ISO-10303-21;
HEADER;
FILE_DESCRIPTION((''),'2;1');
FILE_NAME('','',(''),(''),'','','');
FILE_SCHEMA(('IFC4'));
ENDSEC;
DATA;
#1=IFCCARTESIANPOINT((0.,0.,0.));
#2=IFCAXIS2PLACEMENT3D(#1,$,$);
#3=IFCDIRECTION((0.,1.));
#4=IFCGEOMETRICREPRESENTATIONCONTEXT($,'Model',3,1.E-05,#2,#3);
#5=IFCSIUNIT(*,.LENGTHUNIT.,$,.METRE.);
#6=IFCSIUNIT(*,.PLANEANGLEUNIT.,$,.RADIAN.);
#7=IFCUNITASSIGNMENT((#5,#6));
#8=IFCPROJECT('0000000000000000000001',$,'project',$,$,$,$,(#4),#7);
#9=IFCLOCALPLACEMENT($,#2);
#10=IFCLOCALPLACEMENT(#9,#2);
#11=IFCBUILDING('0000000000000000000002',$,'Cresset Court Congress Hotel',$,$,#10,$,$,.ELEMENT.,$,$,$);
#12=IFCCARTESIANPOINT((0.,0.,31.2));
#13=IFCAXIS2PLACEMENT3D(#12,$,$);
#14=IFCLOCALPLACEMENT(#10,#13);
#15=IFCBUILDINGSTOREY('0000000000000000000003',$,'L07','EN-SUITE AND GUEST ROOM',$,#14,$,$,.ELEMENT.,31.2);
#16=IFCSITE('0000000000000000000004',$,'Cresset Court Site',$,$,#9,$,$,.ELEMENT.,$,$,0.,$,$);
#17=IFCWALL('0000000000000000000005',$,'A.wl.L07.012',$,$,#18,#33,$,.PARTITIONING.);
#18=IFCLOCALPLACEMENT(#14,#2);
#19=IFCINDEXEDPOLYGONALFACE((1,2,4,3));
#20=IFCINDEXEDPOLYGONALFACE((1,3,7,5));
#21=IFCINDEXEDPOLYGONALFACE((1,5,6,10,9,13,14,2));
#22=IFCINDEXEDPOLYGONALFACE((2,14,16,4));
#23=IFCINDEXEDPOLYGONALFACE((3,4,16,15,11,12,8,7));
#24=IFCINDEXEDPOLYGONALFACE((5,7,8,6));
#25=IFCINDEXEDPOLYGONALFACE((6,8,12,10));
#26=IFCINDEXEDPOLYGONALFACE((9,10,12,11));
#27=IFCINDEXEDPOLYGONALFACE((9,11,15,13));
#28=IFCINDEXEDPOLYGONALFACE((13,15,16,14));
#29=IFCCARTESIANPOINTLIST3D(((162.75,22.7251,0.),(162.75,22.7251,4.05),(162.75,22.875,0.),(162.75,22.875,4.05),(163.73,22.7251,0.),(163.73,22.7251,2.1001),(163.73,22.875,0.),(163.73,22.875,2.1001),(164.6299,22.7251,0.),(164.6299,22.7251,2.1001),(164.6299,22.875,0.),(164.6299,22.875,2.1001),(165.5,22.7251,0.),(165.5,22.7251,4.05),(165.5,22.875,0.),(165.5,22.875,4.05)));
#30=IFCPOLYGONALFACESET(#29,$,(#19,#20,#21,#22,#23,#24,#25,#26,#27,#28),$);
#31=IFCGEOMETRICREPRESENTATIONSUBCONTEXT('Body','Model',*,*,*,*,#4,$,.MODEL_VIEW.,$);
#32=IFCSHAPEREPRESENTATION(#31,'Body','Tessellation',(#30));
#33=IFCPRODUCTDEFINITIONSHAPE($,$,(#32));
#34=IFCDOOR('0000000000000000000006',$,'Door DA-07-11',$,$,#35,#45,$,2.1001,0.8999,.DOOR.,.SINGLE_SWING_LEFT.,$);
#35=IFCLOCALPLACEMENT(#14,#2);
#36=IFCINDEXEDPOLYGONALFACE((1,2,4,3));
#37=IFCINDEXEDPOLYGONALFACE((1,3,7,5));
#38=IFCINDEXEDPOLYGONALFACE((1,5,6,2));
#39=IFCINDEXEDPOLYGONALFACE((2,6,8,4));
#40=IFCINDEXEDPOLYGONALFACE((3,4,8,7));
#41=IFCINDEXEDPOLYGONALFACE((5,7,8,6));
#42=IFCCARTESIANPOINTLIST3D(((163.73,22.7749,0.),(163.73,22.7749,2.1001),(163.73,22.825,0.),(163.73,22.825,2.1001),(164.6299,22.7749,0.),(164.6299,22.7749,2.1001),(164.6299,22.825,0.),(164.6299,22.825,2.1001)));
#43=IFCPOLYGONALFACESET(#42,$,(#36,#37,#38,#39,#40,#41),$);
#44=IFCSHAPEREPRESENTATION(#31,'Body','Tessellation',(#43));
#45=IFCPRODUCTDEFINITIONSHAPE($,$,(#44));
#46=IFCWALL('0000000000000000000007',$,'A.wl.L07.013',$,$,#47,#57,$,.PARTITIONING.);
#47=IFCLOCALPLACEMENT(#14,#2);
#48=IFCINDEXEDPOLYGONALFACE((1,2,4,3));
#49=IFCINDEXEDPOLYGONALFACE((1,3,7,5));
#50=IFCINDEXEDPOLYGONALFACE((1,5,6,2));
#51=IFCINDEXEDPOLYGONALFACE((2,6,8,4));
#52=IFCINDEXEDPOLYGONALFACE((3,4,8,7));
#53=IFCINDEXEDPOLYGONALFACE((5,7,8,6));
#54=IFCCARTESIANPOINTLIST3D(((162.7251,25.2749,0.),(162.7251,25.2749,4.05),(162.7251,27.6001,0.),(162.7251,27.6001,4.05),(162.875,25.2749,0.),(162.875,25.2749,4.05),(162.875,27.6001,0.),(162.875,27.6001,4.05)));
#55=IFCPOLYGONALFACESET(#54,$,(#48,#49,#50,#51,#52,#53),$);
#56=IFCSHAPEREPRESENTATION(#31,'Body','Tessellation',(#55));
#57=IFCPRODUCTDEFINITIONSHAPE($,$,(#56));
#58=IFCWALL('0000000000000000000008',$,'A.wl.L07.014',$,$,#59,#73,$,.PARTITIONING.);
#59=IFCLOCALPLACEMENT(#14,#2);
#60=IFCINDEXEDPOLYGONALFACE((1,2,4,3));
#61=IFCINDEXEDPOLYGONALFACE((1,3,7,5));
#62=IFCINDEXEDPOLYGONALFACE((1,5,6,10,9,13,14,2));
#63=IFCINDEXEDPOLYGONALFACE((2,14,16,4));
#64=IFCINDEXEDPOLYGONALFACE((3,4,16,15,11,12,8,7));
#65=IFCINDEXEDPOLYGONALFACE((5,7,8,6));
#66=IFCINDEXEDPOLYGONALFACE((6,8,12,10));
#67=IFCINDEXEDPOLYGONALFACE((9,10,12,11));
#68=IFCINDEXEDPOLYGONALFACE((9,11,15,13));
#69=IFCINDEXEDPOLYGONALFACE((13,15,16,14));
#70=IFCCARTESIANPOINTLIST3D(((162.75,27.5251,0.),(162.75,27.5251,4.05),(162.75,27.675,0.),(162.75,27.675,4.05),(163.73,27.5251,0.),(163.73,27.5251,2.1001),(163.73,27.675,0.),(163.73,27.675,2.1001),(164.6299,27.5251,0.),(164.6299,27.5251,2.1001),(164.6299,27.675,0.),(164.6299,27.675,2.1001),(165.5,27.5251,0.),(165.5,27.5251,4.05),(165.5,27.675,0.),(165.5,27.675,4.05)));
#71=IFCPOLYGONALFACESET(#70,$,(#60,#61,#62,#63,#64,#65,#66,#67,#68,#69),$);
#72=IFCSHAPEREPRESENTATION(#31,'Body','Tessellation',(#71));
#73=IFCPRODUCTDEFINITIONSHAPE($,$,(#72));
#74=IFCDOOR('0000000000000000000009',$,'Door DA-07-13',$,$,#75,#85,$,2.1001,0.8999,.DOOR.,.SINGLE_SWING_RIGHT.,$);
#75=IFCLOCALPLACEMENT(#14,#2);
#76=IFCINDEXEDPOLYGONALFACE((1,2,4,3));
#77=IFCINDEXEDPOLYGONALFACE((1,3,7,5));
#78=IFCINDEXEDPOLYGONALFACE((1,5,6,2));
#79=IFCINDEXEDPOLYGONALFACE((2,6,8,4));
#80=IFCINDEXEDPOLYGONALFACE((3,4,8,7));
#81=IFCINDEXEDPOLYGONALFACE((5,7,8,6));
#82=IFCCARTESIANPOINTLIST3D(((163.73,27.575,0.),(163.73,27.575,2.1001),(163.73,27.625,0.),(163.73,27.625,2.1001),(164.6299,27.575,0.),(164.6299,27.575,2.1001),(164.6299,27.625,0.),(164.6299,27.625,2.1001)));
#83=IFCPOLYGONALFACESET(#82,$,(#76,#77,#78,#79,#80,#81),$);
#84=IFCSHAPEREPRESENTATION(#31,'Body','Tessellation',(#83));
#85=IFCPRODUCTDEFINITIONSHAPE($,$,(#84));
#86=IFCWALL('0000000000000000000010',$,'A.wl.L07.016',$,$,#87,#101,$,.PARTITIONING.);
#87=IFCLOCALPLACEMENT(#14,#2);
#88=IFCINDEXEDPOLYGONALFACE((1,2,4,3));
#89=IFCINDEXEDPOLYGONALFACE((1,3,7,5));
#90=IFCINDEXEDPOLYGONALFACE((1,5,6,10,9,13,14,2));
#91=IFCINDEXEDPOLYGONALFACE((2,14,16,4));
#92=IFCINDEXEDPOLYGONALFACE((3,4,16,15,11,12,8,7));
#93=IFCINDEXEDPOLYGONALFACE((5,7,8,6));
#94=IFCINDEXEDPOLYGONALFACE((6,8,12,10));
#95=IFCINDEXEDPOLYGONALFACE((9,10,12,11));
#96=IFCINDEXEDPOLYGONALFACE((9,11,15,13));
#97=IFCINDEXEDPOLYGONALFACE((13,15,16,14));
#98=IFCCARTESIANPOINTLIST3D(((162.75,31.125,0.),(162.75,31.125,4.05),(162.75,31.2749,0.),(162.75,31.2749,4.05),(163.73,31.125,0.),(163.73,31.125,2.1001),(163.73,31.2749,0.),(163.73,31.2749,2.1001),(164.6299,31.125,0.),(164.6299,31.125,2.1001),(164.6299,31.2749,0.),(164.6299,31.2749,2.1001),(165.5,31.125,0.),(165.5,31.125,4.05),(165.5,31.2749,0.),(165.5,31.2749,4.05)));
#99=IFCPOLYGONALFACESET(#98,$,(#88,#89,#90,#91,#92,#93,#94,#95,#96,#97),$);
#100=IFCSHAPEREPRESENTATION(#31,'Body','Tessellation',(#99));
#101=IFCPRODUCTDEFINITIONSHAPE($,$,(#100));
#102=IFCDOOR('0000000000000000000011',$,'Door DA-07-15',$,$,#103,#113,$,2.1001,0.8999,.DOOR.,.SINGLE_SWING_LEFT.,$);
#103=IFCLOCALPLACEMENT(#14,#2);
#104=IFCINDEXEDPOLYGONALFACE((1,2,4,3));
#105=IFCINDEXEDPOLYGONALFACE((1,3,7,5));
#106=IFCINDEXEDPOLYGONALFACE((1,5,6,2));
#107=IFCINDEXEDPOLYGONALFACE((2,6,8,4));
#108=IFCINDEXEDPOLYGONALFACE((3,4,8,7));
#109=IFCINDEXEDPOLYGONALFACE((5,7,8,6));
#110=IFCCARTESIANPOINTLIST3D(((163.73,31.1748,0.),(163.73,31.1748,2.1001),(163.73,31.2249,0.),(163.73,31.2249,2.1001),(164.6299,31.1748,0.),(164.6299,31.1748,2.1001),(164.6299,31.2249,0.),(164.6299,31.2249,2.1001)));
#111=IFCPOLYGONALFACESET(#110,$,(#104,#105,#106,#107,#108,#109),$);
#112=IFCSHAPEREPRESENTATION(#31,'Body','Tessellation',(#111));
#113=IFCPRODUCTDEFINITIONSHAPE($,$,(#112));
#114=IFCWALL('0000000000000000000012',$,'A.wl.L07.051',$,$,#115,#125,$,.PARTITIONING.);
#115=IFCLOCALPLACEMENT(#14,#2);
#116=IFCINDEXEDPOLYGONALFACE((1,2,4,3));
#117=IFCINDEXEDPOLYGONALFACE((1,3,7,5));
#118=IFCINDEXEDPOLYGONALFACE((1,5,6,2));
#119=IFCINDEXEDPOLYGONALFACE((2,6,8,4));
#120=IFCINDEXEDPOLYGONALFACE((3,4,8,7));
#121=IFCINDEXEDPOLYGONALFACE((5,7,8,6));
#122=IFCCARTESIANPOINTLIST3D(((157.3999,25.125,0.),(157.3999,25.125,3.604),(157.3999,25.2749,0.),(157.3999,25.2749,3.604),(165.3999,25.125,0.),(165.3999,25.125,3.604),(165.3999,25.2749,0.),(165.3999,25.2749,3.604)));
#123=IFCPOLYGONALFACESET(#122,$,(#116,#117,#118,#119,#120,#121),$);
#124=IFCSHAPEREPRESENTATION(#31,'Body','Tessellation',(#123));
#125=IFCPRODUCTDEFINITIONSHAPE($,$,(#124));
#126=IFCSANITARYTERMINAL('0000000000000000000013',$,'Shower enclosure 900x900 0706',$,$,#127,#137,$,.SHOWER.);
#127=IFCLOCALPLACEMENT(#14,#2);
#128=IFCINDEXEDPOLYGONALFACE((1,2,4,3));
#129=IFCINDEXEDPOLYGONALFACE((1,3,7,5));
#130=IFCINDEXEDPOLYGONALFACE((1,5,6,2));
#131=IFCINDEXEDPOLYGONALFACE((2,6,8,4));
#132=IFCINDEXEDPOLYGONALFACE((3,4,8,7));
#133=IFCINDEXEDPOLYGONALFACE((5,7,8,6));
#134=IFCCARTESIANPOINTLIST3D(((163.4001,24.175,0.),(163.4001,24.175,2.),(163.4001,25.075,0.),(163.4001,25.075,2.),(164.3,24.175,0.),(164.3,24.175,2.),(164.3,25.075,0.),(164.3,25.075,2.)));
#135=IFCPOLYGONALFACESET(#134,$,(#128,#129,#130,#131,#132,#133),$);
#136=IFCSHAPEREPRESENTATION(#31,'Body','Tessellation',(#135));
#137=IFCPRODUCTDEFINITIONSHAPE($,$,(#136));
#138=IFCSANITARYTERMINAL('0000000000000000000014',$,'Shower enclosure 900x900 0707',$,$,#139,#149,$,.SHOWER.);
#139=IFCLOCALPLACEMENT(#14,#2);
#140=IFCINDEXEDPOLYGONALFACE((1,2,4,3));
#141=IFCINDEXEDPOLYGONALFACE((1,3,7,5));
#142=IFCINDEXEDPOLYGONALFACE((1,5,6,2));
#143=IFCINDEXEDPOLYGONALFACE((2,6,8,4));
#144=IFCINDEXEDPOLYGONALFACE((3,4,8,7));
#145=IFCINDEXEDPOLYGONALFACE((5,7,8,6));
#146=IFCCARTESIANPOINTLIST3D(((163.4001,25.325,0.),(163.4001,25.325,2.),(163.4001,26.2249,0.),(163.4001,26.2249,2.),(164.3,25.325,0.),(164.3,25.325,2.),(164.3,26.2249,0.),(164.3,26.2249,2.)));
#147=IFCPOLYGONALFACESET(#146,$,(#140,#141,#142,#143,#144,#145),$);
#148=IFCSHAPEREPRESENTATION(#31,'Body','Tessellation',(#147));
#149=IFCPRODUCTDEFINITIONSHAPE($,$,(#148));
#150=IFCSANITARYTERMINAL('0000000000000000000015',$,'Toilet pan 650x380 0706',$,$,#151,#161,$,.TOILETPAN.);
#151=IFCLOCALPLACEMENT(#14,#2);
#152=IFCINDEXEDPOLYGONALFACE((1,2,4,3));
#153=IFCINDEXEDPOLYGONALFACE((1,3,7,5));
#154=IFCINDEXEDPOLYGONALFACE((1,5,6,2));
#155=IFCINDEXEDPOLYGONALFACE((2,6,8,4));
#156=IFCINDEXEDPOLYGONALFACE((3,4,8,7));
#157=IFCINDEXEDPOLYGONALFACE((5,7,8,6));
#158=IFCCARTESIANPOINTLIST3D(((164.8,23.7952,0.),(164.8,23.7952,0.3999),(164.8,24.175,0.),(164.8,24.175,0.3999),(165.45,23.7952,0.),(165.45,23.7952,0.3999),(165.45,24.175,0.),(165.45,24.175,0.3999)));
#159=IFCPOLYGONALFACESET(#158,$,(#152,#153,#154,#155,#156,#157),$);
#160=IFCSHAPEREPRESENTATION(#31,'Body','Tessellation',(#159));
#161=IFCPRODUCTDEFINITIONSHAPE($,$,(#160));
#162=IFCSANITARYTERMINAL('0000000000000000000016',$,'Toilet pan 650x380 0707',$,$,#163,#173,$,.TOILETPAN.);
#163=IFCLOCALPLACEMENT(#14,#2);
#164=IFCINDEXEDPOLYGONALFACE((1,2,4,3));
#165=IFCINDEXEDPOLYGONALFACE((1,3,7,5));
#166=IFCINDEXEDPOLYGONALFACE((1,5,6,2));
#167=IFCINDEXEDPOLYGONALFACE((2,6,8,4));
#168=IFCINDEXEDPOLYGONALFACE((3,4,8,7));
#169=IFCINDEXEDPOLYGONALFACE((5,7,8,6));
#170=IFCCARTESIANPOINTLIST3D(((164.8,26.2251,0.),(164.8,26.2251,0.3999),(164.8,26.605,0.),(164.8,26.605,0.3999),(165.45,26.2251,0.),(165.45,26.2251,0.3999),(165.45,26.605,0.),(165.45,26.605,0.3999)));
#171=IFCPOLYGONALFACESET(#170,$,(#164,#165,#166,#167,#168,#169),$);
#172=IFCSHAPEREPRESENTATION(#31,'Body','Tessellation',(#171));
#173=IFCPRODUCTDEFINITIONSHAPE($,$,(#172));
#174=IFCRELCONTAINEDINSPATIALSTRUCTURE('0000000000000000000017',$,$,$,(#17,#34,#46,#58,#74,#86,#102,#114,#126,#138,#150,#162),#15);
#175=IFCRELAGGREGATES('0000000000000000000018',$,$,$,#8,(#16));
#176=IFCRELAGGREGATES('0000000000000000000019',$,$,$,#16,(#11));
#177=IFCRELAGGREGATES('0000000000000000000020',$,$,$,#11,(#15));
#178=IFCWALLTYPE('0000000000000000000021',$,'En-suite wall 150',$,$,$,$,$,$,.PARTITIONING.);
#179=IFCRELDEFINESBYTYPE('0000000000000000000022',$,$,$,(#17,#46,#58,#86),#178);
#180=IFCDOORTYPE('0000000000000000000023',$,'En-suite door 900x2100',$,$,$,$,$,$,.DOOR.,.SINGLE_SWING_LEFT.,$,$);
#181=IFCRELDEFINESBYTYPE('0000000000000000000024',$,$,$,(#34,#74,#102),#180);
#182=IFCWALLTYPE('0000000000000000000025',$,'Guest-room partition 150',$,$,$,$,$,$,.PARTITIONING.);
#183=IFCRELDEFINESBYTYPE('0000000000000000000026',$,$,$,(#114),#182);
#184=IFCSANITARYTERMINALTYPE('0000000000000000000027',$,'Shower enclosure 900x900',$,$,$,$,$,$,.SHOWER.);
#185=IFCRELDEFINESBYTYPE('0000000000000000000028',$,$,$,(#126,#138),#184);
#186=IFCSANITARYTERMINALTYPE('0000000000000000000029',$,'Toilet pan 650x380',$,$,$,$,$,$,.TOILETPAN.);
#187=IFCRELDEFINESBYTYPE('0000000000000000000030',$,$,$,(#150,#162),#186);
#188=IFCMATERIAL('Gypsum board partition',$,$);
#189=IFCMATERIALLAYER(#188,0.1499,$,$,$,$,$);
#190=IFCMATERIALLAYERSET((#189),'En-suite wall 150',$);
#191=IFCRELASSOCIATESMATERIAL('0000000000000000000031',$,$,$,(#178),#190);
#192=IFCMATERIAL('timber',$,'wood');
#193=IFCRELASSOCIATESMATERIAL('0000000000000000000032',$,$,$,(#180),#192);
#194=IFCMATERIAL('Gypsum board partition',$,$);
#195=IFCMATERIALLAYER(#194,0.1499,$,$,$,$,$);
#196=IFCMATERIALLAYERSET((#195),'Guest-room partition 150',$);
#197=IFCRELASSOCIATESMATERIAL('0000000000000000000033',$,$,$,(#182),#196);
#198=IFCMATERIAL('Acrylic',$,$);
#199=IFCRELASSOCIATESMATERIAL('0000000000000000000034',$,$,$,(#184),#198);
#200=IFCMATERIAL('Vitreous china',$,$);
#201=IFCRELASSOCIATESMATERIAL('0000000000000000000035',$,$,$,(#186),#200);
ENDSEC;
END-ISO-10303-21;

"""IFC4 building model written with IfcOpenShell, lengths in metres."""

from ifc_helpers import new_model, si_unit, direction, frame, frame_2d, origin, origin_2d, place, context, subcontext, project, spatial, rectangle, extrude, material, layer, layer_set, type_object, element, fill, save


model = new_model("IFC4")

# Units and contexts
model_context = context("Model", 3, precision=1e-05, world=origin(), true_north=direction((0.0, 1.0)))
body_context = subcontext(model_context, "Body", "Model", "MODEL_VIEW")
ifc_project = project(units=[si_unit("LENGTHUNIT", "METRE"), si_unit("PLANEANGLEUNIT", "RADIAN")], contexts=[model_context])

# Site, building, storey
site_placement = place(None, origin())
site = spatial("IfcSite", under=ifc_project, at=site_placement, Name="Cresset Court Site", CompositionType="ELEMENT", RefElevation=0.0)
building_placement = place(site_placement, origin())
building = spatial("IfcBuilding", under=site, at=building_placement, Name="Cresset Court Congress Hotel", CompositionType="ELEMENT")
storey_placement = place(building_placement, frame((0.0, 0.0, 31.2)))
storey = spatial("IfcBuildingStorey", under=building, at=storey_placement, Name="L07", Description="EN-SUITE AND GUEST ROOM", CompositionType="ELEMENT", Elevation=31.2)

# Shared definitions
ifc_material_1 = material(Name="Gypsum board partition")
ifc_layer_1 = layer(ifc_material_1, 0.1499)
ifc_layer_set_1 = layer_set([ifc_layer_1], Name="En-suite wall 150")
wall_type_1 = type_object("IfcWallType", Name="En-suite wall 150", PredefinedType="PARTITIONING", material=ifc_layer_set_1)
ifc_material_2 = material(Name="timber", Category="wood")
door_type = type_object("IfcDoorType", Name="En-suite door 900x2100", OperationType="SINGLE_SWING_LEFT", PredefinedType="DOOR", material=ifc_material_2)

# Wall, opening, door
wall_1_placement = place(storey_placement, frame((162.75, 22.8, 0.0), z_axis=(0.0, 0.0, 1.0), x_axis=(1.0, 0.0, 0.0)))
wall_1 = element("IfcWall", 1, at=wall_1_placement, inside=storey, type_object=wall_type_1, Name="A.wl.L07.012", PredefinedType="PARTITIONING", context=body_context, shape_type="SweptSolid", body=[
    extrude(rectangle(XDim=2.75, YDim=0.1499, at=frame_2d((1.375, 0.0))), origin(), (0.0, 0.0, 1.0), 4.05),
])
opening_1_placement = place(wall_1_placement, frame((0.98, 0.0, 0.0)))
opening_1 = element("IfcOpeningElement", 2, at=opening_1_placement, cuts=wall_1, PredefinedType="OPENING", context=body_context, shape_type="SweptSolid", body=[
    extrude(rectangle(XDim=0.8999, YDim=2.1001, at=frame_2d((0.45, 1.05))), frame((0.0, 0.085, 0.0), z_axis=(0.0, -1.0, 0.0), x_axis=(1.0, 0.0, 0.0)), (0.0, 0.0, 1.0), 0.1699),
])
door_1_placement = place(opening_1_placement, origin())
door_1 = element("IfcDoor", 3, at=door_1_placement, inside=storey, type_object=door_type, Name="Door DA-07-11", OperationType="SINGLE_SWING_LEFT", OverallHeight=2.1001, OverallWidth=0.8999, PredefinedType="DOOR", context=body_context, shape_type="SweptSolid", body=[
    extrude(rectangle(XDim=0.8999, YDim=2.1001, at=frame_2d((0.45, 1.05))), frame((0.0, 0.0249, 0.0), z_axis=(0.0, -1.0, 0.0), x_axis=(1.0, 0.0, 0.0)), (0.0, 0.0, 1.0), 0.05),
])
fill(opening_1, door_1)

# Wall
wall_2_placement = place(storey_placement, frame((162.8, 25.2749, 0.0), z_axis=(0.0, 0.0, 1.0), x_axis=(0.0, 1.0, 0.0)))
element("IfcWall", 4, at=wall_2_placement, inside=storey, type_object=wall_type_1, Name="A.wl.L07.013", PredefinedType="PARTITIONING", context=body_context, shape_type="SweptSolid", body=[
    extrude(rectangle(XDim=2.3252, YDim=0.1499, at=frame_2d((1.1626, 0.0))), origin(), (0.0, 0.0, 1.0), 4.05),
])

# Walls, openings, doors
wall_3_placement = place(storey_placement, frame((162.75, 27.6001, 0.0), z_axis=(0.0, 0.0, 1.0), x_axis=(1.0, 0.0, 0.0)))
wall_3 = element("IfcWall", 5, at=wall_3_placement, inside=storey, type_object=wall_type_1, Name="A.wl.L07.014", PredefinedType="PARTITIONING", context=body_context, shape_type="SweptSolid", body=[
    extrude(rectangle(XDim=2.75, YDim=0.1499, at=frame_2d((1.375, 0.0))), origin(), (0.0, 0.0, 1.0), 4.05),
])
opening_2_placement = place(wall_3_placement, frame((0.98, 0.0, 0.0)))
opening_2 = element("IfcOpeningElement", 6, at=opening_2_placement, cuts=wall_3, PredefinedType="OPENING", context=body_context, shape_type="SweptSolid", body=[
    extrude(rectangle(XDim=0.8999, YDim=2.1001, at=frame_2d((0.45, 1.05))), frame((0.0, 0.085, 0.0), z_axis=(0.0, -1.0, 0.0), x_axis=(1.0, 0.0, 0.0)), (0.0, 0.0, 1.0), 0.1699),
])
door_2_placement = place(opening_2_placement, origin())
door_2 = element("IfcDoor", 7, at=door_2_placement, inside=storey, type_object=door_type, Name="Door DA-07-13", OperationType="SINGLE_SWING_RIGHT", OverallHeight=2.1001, OverallWidth=0.8999, PredefinedType="DOOR", context=body_context, shape_type="SweptSolid", body=[
    extrude(rectangle(XDim=0.8999, YDim=2.1001, at=frame_2d((0.45, 1.05))), frame((0.0, 0.0249, 0.0), z_axis=(0.0, -1.0, 0.0), x_axis=(1.0, 0.0, 0.0)), (0.0, 0.0, 1.0), 0.05),
])
fill(opening_2, door_2)
wall_4_placement = place(storey_placement, frame((162.75, 31.2, 0.0), z_axis=(0.0, 0.0, 1.0), x_axis=(1.0, 0.0, 0.0)))
wall_4 = element("IfcWall", 8, at=wall_4_placement, inside=storey, type_object=wall_type_1, Name="A.wl.L07.016", PredefinedType="PARTITIONING", context=body_context, shape_type="SweptSolid", body=[
    extrude(rectangle(XDim=2.75, YDim=0.1499, at=frame_2d((1.375, 0.0))), origin(), (0.0, 0.0, 1.0), 4.05),
])
opening_3_placement = place(wall_4_placement, frame((0.98, 0.0, 0.0)))
opening_3 = element("IfcOpeningElement", 9, at=opening_3_placement, cuts=wall_4, PredefinedType="OPENING", context=body_context, shape_type="SweptSolid", body=[
    extrude(rectangle(XDim=0.8999, YDim=2.1001, at=frame_2d((0.45, 1.05))), frame((0.0, 0.085, 0.0), z_axis=(0.0, -1.0, 0.0), x_axis=(1.0, 0.0, 0.0)), (0.0, 0.0, 1.0), 0.1699),
])
door_3_placement = place(opening_3_placement, origin())
door_3 = element("IfcDoor", 10, at=door_3_placement, inside=storey, type_object=door_type, Name="Door DA-07-15", OperationType="SINGLE_SWING_LEFT", OverallHeight=2.1001, OverallWidth=0.8999, PredefinedType="DOOR", context=body_context, shape_type="SweptSolid", body=[
    extrude(rectangle(XDim=0.8999, YDim=2.1001, at=frame_2d((0.45, 1.05))), frame((0.0, 0.0249, 0.0), z_axis=(0.0, -1.0, 0.0), x_axis=(1.0, 0.0, 0.0)), (0.0, 0.0, 1.0), 0.05),
])
fill(opening_3, door_3)

# Wall
ifc_material_3 = material(Name="Gypsum board partition")
ifc_layer_2 = layer(ifc_material_3, 0.1499)
ifc_layer_set_2 = layer_set([ifc_layer_2], Name="Guest-room partition 150")
wall_type_2 = type_object("IfcWallType", Name="Guest-room partition 150", PredefinedType="PARTITIONING", material=ifc_layer_set_2)
wall_5_placement = place(storey_placement, frame((157.3999, 25.2, 0.0), z_axis=(0.0, 0.0, 1.0), x_axis=(1.0, 0.0, 0.0)))
element("IfcWall", 11, at=wall_5_placement, inside=storey, type_object=wall_type_2, Name="A.wl.L07.051", PredefinedType="PARTITIONING", context=body_context, shape_type="SweptSolid", body=[
    extrude(rectangle(XDim=8.0, YDim=0.1499, at=frame_2d((4.0, 0.0))), origin(), (0.0, 0.0, 1.0), 3.604),
])

# Sanitary terminals
ifc_material_4 = material(Name="Acrylic")
sanitary_terminal_type_1 = type_object("IfcSanitaryTerminalType", Name="Shower enclosure 900x900", PredefinedType="SHOWER", material=ifc_material_4)
for number, where, z_axis, x_axis, name in (
    (12, (163.8501, 24.625, 0.0), (0.0, 0.0, 1.0), (1.0, 0.0, 0.0), "Shower enclosure 900x900 0706"),
    (13, (163.8501, 25.7749, 0.0), (0.0, 0.0, 1.0), (1.0, 0.0, 0.0), "Shower enclosure 900x900 0707"),
):
    element("IfcSanitaryTerminal", number, at=place(storey_placement, frame(where, z_axis=z_axis, x_axis=x_axis)), inside=storey, type_object=sanitary_terminal_type_1, Name=name, PredefinedType="SHOWER", context=body_context, shape_type="SweptSolid", body=[
        extrude(rectangle(XDim=0.8999, YDim=0.8999, at=origin_2d()), origin(), (0.0, 0.0, 1.0), 2.0),
    ])
ifc_material_5 = material(Name="Vitreous china")
sanitary_terminal_type_2 = type_object("IfcSanitaryTerminalType", Name="Toilet pan 650x380", PredefinedType="TOILETPAN", material=ifc_material_5)
for number, where, z_axis, x_axis, name in (
    (14, (165.125, 23.9851, 0.0), (0.0, 0.0, 1.0), (1.0, 0.0, 0.0), "Toilet pan 650x380 0706"),
    (15, (165.125, 26.415, 0.0), (0.0, 0.0, 1.0), (1.0, 0.0, 0.0), "Toilet pan 650x380 0707"),
):
    element("IfcSanitaryTerminal", number, at=place(storey_placement, frame(where, z_axis=z_axis, x_axis=x_axis)), inside=storey, type_object=sanitary_terminal_type_2, Name=name, PredefinedType="TOILETPAN", context=body_context, shape_type="SweptSolid", body=[
        extrude(rectangle(XDim=0.6499, YDim=0.3799, at=origin_2d()), origin(), (0.0, 0.0, 1.0), 0.3999),
    ])

save(model, "model.ifc")
